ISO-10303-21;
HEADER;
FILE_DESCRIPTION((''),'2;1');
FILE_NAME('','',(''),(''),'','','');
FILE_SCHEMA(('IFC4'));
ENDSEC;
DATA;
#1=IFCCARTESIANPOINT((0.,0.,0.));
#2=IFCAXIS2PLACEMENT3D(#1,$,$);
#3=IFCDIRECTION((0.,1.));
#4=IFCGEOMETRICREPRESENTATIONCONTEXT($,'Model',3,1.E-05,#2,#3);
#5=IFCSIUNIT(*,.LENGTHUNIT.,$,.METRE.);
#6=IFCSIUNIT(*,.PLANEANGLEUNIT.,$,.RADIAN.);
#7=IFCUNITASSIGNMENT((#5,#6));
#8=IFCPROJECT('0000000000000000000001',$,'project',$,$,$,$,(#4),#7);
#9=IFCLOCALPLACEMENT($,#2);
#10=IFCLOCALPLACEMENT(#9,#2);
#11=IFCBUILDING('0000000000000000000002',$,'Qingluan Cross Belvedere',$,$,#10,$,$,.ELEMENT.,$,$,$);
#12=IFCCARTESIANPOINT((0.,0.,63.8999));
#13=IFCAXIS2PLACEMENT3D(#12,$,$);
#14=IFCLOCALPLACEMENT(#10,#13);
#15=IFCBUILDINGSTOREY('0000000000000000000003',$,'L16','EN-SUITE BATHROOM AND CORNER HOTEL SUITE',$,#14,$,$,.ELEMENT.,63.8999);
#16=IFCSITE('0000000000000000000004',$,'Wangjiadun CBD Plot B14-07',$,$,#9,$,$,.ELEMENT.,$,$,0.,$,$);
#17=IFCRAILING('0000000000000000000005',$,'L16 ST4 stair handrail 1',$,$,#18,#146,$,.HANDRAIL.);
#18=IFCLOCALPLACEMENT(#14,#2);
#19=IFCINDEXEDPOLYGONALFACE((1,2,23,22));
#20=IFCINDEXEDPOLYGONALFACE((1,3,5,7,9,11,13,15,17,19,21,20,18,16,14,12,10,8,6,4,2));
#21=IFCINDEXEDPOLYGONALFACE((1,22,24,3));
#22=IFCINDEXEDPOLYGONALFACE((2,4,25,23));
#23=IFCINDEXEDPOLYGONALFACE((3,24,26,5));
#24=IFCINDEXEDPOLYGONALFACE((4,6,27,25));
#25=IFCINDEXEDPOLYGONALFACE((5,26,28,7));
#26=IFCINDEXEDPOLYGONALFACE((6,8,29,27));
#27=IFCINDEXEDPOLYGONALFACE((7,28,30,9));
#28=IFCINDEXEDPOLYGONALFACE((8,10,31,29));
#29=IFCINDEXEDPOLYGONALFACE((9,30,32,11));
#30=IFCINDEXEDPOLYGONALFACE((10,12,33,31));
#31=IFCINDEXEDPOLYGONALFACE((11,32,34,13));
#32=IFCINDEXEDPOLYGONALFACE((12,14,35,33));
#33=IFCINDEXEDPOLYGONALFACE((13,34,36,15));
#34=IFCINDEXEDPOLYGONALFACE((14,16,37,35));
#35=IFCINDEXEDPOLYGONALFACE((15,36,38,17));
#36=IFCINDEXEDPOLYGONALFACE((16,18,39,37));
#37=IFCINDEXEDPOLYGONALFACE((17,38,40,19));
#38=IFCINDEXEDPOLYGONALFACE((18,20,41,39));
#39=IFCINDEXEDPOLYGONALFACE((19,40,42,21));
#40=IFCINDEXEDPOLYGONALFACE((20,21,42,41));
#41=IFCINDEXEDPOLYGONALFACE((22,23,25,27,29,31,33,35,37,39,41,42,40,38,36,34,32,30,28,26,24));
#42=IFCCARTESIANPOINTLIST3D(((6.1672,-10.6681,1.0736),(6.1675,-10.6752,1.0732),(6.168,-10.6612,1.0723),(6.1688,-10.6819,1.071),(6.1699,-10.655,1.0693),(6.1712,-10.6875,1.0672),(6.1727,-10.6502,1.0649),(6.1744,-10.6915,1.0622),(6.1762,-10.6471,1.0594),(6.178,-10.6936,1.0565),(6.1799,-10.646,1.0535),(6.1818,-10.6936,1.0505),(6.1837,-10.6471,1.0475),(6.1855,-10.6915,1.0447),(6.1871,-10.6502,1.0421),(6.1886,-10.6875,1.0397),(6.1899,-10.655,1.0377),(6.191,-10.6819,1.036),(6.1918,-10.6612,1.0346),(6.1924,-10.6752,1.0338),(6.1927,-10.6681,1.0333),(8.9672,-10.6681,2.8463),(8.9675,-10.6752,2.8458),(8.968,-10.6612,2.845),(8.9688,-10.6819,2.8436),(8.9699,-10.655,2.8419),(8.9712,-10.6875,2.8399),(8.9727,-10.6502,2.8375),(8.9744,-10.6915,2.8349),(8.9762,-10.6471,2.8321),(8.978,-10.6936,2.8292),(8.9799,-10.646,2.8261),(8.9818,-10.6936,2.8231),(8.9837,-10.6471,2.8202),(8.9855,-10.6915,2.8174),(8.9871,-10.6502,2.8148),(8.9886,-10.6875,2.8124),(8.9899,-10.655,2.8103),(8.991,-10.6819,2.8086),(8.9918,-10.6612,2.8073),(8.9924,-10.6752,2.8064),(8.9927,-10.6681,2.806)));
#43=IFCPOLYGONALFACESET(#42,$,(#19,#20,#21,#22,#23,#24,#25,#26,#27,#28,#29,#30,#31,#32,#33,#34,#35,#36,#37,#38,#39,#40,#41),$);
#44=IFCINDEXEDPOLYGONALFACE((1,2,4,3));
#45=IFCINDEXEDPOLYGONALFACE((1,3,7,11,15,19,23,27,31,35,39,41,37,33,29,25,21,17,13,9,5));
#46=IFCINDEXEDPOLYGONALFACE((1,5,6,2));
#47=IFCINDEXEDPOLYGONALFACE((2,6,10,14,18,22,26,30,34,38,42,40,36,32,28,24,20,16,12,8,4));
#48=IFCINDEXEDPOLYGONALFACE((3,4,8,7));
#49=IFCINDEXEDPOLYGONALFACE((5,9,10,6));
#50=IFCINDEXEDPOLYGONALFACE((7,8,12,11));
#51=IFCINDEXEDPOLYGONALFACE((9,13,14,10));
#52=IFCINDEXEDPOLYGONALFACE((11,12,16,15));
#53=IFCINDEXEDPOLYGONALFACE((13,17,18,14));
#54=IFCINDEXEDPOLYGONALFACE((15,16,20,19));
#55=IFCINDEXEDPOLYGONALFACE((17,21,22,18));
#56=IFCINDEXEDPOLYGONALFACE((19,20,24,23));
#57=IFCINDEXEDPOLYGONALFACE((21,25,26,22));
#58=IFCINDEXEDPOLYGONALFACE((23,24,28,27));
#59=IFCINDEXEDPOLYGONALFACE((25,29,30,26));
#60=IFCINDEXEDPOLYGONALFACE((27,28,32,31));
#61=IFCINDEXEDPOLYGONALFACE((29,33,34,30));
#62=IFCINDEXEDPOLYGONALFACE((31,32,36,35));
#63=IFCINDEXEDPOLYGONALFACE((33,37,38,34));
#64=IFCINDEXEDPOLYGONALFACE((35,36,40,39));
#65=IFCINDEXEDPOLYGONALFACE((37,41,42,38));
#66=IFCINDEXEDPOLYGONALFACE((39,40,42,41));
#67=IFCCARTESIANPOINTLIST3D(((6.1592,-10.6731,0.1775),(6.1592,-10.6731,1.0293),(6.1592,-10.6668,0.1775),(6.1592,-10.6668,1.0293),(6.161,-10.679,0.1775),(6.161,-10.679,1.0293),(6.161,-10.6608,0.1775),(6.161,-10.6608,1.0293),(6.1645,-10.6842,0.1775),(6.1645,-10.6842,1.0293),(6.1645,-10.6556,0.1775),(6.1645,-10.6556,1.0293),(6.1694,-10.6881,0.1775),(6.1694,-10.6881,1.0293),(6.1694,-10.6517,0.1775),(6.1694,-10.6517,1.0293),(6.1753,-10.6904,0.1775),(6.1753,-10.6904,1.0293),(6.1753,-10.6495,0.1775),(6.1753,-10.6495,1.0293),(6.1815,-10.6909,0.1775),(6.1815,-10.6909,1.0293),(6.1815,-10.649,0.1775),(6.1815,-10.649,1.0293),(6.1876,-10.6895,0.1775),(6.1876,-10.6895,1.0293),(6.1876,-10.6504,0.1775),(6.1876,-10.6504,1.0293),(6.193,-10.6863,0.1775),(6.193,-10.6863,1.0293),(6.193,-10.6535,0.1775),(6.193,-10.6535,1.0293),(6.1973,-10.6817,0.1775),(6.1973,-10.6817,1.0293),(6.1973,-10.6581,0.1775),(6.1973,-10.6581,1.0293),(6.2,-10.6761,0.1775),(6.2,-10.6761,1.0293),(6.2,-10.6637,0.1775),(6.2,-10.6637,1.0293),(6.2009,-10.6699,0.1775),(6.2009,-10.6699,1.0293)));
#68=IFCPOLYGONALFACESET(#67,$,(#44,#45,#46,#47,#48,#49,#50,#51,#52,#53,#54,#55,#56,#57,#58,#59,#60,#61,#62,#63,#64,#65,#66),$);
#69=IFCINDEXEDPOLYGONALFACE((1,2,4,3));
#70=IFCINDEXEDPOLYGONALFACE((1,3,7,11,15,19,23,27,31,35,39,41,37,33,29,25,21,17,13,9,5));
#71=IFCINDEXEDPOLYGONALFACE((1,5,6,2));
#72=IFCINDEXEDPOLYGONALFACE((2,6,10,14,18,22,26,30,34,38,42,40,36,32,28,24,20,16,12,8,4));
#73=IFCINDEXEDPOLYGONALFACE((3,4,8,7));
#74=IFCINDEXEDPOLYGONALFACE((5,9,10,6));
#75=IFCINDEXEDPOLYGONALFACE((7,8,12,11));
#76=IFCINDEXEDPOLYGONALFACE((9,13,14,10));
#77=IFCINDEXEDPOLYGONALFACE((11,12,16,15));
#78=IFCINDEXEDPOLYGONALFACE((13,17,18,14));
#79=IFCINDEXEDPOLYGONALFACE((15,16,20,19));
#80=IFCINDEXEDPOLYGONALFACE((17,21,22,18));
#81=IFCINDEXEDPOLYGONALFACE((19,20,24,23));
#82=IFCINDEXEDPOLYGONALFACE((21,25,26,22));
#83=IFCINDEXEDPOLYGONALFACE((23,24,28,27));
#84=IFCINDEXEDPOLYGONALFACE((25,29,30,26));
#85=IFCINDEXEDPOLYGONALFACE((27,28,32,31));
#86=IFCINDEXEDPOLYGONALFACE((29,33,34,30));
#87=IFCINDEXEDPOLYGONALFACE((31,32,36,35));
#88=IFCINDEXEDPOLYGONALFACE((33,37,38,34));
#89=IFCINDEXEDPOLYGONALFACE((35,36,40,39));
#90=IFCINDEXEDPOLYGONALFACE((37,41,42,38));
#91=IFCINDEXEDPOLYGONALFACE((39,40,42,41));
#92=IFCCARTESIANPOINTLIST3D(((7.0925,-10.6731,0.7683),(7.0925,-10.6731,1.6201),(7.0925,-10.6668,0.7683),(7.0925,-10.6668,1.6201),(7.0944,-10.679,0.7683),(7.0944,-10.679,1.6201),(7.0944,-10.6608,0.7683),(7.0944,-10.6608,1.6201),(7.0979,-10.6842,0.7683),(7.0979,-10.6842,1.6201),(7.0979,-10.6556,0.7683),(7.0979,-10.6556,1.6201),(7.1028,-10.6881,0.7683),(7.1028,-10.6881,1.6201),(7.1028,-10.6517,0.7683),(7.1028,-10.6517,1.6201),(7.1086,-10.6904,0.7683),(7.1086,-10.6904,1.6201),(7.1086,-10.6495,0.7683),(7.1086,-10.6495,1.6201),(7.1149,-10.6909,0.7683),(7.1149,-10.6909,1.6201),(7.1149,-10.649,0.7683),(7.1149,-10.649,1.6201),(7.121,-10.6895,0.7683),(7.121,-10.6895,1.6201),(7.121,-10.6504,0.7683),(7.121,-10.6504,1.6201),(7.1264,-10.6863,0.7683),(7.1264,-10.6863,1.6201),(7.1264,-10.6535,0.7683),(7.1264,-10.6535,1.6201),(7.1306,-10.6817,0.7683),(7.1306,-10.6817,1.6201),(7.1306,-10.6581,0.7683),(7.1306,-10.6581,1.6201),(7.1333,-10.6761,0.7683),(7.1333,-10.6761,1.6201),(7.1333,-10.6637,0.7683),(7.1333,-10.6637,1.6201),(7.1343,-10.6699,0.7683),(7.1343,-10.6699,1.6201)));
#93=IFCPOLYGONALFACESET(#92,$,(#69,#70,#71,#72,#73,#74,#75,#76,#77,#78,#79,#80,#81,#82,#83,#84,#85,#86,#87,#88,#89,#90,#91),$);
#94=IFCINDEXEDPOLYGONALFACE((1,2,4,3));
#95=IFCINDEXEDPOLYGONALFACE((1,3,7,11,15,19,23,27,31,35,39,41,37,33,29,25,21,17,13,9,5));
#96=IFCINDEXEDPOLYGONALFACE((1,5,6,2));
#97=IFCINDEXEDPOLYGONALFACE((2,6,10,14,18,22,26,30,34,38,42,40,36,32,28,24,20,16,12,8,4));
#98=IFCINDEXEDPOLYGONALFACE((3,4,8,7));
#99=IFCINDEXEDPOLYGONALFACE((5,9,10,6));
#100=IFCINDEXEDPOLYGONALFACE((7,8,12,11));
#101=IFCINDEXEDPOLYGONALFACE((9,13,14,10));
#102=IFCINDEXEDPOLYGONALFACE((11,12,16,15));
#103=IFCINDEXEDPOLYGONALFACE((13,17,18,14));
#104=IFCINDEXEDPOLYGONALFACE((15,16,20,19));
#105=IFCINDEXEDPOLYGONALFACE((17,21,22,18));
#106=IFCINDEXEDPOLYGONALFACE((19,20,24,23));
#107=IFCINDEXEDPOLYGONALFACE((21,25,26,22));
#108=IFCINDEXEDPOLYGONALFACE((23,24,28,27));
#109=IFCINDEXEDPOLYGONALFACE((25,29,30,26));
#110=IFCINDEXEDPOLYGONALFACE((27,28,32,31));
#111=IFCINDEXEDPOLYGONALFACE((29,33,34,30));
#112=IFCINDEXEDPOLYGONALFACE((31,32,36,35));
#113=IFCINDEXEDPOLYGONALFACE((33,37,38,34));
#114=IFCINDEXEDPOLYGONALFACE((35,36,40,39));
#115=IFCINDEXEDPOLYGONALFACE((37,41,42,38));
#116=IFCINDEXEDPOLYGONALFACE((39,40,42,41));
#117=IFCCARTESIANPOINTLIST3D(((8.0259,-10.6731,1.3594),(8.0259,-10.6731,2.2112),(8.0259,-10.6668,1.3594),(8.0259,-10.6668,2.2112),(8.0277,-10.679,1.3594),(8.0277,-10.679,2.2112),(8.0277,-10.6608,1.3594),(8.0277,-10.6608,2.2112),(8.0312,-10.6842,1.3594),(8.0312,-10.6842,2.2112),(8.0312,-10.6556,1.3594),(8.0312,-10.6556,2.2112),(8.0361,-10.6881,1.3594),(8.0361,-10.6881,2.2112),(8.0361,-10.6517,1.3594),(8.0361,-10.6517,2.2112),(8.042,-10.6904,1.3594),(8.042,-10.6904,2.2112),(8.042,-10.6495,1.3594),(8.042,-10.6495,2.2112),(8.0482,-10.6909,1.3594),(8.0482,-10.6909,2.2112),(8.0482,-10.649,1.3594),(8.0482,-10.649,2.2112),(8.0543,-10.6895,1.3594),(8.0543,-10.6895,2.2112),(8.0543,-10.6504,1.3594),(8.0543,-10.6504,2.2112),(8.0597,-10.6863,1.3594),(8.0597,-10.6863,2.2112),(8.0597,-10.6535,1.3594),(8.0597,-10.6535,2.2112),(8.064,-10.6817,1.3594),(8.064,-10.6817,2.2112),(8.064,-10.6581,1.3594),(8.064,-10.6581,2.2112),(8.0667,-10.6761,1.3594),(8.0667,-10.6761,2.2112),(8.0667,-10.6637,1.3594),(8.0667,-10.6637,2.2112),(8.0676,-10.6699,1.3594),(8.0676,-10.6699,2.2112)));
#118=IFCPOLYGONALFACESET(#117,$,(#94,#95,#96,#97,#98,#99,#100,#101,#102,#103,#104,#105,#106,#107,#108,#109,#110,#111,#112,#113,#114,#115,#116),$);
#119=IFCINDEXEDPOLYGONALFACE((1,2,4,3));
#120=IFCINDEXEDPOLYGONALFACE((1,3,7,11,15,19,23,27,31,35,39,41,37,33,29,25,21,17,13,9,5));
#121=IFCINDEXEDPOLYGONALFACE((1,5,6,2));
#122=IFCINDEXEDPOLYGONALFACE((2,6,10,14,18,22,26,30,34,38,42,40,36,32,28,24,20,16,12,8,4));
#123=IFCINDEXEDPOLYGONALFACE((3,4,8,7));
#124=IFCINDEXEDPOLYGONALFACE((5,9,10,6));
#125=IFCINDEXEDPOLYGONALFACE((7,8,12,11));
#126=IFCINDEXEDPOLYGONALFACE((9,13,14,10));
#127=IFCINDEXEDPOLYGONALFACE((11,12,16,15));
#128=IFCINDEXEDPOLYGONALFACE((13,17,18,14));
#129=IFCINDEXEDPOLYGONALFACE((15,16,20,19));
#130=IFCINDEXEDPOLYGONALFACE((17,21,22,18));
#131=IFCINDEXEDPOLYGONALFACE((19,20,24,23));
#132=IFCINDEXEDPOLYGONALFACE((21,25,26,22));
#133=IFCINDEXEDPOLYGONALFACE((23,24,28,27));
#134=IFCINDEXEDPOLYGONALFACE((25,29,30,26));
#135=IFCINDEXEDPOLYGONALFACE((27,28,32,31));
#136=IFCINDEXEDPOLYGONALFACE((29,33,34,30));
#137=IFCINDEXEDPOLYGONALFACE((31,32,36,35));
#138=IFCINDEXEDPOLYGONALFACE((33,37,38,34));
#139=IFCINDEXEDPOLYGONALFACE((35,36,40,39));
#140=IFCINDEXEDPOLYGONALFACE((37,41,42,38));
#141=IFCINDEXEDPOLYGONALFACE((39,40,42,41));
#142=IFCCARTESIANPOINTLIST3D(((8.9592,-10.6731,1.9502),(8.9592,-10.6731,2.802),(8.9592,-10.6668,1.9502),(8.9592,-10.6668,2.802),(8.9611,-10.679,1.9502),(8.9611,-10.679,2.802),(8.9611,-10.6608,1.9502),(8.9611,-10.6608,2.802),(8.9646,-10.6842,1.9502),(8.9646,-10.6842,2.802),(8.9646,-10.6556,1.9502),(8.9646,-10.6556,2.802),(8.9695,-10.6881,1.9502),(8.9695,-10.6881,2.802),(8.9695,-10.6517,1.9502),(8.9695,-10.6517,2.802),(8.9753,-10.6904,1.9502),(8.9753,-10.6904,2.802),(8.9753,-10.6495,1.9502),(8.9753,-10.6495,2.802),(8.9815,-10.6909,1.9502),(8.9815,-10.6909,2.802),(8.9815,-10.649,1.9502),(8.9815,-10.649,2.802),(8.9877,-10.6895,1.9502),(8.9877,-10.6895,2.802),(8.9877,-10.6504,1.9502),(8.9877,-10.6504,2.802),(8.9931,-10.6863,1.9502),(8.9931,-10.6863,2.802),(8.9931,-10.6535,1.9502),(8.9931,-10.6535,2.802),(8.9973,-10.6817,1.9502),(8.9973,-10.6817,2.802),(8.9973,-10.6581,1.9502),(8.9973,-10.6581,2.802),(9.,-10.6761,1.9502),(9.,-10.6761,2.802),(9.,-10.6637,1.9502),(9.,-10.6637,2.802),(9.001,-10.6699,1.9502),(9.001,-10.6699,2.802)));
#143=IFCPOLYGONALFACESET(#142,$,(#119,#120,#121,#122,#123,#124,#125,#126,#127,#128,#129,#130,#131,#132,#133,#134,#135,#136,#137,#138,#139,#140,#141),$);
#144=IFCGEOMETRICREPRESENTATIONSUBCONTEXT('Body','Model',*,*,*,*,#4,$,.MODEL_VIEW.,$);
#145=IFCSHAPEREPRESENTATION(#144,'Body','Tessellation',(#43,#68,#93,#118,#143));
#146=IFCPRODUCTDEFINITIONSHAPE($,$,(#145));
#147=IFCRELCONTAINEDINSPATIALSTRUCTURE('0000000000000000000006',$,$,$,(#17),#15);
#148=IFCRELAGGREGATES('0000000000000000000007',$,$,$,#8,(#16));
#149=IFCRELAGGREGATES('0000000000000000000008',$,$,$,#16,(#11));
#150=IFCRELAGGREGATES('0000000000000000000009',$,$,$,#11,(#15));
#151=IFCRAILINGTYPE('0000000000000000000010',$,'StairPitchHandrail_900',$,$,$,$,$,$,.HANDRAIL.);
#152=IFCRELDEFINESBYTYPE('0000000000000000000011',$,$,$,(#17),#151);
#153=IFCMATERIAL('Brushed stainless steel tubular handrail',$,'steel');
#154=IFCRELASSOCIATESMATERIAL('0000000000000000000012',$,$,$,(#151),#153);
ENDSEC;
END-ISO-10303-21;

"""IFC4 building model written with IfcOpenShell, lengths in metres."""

from ifc_helpers import new_model, si_unit, direction, frame, origin, origin_2d, place, context, subcontext, project, spatial, circle, extrude, material, type_object, element, save


model = new_model("IFC4")

# Units and contexts
model_context = context("Model", 3, precision=1e-05, world=origin(), true_north=direction((0.0, 1.0)))
body_context = subcontext(model_context, "Body", "Model", "MODEL_VIEW")
ifc_project = project(units=[si_unit("LENGTHUNIT", "METRE"), si_unit("PLANEANGLEUNIT", "RADIAN")], contexts=[model_context])

# Site, building, storey
site_placement = place(None, origin())
site = spatial("IfcSite", under=ifc_project, at=site_placement, Name="Wangjiadun CBD Plot B14-07", CompositionType="ELEMENT", RefElevation=0.0)
building_placement = place(site_placement, origin())
building = spatial("IfcBuilding", under=site, at=building_placement, Name="Qingluan Cross Belvedere", CompositionType="ELEMENT")
storey_placement = place(building_placement, frame((0.0, 0.0, 63.8999)))
storey = spatial("IfcBuildingStorey", under=building, at=storey_placement, Name="L16", Description="EN-SUITE BATHROOM AND CORNER HOTEL SUITE", CompositionType="ELEMENT", Elevation=63.8999)

# Railing
ifc_material_1 = material(Name="Brushed stainless steel tubular handrail", Category="steel")
railing_type_1 = type_object("IfcRailingType", Name="StairPitchHandrail_900", PredefinedType="HANDRAIL", material=ifc_material_1)
railing_1_placement = place(storey_placement, frame((6.1799, -10.6699, 0.1775)))
element("IfcRailing", 1, at=railing_1_placement, inside=storey, type_object=railing_type_1, Name="L16 ST4 stair handrail 1", PredefinedType="HANDRAIL", context=body_context, shape_type="SweptSolid", body=[
    extrude(circle(Radius=0.0239, at=origin_2d()), frame((0.0, 0.0, 0.876), z_axis=(0.844909, 0.0, 0.53491), x_axis=(0.0, 1.0, 0.0)), (0.0, 0.0, 1.0), 3.314),
    extrude(circle(Radius=0.021, at=origin_2d()), origin(), (0.0, 0.0, 1.0), 0.8518),
    extrude(circle(Radius=0.021, at=origin_2d()), frame((0.9333, 0.0, 0.5908)), (0.0, 0.0, 1.0), 0.8518),
    extrude(circle(Radius=0.021, at=origin_2d()), frame((1.8667, 0.0, 1.1819)), (0.0, 0.0, 1.0), 0.8518),
    extrude(circle(Radius=0.021, at=origin_2d()), frame((2.8, 0.0, 1.7727)), (0.0, 0.0, 1.0), 0.8518),
])

save(model, "model.ifc")
